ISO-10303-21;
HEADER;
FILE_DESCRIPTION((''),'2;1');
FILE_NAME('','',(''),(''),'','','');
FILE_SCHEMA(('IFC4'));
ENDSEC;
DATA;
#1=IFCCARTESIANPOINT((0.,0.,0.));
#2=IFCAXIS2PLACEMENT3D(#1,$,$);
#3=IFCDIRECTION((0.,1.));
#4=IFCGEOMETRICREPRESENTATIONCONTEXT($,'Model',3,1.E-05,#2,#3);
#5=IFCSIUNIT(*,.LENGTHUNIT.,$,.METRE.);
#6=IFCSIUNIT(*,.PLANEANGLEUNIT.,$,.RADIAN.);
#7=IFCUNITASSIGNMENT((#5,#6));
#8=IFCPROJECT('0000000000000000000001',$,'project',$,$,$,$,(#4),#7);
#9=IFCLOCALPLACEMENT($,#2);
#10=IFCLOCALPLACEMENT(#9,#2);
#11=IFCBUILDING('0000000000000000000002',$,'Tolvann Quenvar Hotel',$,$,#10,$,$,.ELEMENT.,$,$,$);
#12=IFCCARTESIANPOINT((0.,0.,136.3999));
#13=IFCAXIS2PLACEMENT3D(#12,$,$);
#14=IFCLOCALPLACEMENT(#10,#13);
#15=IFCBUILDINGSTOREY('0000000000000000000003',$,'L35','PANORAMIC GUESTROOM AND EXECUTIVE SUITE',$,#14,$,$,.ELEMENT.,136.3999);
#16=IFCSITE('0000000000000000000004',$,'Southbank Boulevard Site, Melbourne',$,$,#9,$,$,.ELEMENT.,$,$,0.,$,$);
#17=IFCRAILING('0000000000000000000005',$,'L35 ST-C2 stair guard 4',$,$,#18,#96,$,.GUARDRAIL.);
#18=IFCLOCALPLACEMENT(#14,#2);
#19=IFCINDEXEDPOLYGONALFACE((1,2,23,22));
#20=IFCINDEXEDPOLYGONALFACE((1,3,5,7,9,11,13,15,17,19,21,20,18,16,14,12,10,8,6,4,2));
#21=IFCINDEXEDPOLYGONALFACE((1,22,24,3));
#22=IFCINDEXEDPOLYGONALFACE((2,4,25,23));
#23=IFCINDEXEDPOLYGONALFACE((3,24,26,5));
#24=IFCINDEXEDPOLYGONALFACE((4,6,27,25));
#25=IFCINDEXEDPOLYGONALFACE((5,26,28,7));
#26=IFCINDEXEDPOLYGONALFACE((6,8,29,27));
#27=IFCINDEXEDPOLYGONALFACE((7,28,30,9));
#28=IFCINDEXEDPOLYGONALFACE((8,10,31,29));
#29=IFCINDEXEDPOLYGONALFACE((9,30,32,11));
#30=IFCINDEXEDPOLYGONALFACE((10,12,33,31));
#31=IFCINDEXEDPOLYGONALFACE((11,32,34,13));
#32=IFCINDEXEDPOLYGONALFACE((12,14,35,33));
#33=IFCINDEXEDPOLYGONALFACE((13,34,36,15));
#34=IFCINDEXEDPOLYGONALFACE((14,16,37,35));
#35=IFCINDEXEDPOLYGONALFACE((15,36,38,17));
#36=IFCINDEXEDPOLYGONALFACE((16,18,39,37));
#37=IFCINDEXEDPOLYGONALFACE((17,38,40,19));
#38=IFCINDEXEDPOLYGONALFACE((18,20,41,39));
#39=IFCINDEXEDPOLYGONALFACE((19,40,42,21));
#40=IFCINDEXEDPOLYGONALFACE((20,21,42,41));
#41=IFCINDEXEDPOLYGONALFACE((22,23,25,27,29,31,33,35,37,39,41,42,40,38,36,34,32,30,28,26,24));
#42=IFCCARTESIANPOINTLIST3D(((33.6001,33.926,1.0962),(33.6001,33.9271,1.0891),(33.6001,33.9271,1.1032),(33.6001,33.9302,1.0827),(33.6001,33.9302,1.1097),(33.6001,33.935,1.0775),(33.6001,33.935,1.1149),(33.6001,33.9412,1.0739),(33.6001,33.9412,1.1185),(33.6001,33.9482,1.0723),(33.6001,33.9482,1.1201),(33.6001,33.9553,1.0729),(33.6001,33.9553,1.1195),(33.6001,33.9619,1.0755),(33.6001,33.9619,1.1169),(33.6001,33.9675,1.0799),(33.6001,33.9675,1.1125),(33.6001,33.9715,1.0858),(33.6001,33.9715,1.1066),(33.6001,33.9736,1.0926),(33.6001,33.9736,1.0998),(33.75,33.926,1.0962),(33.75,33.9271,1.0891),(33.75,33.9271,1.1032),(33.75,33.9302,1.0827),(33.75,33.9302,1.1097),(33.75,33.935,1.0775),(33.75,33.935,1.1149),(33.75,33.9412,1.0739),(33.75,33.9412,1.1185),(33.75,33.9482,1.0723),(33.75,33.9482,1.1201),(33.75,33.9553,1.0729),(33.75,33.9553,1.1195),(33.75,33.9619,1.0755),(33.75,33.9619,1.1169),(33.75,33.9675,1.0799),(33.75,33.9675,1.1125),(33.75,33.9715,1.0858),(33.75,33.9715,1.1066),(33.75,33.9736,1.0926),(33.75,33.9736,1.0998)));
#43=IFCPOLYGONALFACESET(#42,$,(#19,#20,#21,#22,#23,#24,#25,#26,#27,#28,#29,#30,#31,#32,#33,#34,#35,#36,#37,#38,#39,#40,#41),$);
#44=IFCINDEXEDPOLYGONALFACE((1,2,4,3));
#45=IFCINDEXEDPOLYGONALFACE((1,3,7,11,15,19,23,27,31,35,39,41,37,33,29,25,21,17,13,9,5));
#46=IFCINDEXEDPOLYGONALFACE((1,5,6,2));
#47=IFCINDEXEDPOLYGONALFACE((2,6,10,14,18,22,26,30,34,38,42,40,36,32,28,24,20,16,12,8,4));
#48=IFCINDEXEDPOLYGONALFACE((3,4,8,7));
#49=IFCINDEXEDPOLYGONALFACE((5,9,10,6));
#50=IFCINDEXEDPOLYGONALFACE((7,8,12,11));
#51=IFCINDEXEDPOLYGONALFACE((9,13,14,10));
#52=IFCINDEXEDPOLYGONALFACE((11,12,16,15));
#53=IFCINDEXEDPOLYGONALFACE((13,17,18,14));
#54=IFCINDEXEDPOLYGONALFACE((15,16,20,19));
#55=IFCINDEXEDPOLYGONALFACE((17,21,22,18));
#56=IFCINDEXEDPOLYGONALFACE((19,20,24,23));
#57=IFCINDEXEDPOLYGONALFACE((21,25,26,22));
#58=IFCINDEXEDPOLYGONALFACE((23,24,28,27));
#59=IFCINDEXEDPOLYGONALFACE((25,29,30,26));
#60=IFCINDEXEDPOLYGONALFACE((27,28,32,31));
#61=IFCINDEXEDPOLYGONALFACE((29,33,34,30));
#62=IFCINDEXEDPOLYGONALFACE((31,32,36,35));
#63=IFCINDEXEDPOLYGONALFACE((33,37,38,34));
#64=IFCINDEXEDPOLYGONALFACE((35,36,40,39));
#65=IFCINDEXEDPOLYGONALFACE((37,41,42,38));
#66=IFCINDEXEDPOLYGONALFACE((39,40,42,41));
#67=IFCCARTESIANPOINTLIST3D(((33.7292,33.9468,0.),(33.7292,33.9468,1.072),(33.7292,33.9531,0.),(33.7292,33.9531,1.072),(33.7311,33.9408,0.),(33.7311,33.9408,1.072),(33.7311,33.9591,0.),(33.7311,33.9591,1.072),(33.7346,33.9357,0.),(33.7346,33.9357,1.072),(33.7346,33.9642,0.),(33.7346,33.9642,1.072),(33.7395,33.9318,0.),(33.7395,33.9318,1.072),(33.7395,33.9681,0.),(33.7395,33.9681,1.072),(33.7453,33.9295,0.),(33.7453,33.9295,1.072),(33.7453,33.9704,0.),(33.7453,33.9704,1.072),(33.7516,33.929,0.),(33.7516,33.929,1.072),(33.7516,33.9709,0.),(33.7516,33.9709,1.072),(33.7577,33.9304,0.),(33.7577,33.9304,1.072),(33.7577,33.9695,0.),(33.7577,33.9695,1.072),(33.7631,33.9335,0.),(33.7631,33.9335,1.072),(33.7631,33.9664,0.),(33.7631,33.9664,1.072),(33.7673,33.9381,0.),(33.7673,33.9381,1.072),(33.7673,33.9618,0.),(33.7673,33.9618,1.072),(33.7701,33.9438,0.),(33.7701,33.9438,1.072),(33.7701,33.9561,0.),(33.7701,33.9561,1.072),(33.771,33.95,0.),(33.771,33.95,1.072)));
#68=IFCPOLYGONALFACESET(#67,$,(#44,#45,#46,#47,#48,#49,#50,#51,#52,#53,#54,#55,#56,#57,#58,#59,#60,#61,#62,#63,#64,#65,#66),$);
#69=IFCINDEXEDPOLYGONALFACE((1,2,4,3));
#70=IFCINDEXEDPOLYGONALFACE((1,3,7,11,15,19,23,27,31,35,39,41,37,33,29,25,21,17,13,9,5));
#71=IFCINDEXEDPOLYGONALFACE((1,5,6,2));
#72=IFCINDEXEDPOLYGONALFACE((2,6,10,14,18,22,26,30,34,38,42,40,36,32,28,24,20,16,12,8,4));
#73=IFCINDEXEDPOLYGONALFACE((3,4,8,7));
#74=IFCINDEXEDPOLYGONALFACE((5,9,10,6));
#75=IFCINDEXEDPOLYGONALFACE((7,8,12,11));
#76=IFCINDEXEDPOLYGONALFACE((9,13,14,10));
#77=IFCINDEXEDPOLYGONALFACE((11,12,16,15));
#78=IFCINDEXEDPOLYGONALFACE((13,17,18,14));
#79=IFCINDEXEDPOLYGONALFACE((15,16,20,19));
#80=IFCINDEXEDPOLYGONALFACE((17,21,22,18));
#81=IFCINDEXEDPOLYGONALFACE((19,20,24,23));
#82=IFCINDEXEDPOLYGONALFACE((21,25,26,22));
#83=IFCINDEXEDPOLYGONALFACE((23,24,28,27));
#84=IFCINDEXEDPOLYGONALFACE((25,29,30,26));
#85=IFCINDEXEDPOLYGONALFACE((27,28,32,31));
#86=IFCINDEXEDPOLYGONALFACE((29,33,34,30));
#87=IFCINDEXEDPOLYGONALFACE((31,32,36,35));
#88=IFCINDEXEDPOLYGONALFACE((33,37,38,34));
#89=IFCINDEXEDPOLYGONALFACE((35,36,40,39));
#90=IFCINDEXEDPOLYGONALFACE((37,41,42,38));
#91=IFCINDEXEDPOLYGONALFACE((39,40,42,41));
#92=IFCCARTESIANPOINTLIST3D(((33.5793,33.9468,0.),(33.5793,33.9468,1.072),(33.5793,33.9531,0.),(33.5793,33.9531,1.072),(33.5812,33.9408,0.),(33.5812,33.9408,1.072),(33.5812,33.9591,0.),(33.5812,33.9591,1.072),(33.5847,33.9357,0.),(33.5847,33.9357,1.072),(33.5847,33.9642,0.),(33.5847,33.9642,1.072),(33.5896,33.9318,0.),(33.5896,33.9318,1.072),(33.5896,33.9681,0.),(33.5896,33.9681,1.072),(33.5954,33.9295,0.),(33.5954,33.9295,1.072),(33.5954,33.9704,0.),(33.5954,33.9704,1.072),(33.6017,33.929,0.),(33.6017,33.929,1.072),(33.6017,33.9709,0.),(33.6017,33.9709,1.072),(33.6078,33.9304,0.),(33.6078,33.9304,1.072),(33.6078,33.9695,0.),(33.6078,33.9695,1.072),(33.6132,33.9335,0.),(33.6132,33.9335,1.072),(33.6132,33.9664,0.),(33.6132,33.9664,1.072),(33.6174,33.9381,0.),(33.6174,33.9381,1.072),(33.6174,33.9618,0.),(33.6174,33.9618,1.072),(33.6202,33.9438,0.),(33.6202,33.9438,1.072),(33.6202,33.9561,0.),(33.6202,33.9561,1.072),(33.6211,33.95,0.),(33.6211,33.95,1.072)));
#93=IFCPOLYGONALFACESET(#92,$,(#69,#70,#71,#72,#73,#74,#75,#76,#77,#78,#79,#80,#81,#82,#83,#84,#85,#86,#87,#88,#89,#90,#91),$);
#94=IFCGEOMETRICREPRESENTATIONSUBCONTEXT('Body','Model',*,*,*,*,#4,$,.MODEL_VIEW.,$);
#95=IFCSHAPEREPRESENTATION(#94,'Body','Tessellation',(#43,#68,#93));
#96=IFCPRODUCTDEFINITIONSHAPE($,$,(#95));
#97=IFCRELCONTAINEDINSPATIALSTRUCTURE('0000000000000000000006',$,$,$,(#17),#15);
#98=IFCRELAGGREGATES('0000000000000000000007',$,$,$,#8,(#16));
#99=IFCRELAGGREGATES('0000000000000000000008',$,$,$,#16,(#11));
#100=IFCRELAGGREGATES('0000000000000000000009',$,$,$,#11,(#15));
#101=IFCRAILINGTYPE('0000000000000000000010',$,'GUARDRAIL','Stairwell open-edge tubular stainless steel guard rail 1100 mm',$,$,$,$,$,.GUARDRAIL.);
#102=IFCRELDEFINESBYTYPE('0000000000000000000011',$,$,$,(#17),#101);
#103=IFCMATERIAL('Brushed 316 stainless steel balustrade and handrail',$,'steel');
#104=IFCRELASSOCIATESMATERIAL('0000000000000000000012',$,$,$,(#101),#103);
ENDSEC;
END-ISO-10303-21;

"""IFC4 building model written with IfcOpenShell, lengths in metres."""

from ifc_helpers import new_model, si_unit, direction, frame, origin, origin_2d, place, context, subcontext, project, spatial, circle, extrude, material, type_object, element, save


model = new_model("IFC4")

# Units and contexts
model_context = context("Model", 3, precision=1e-05, world=origin(), true_north=direction((0.0, 1.0)))
body_context = subcontext(model_context, "Body", "Model", "MODEL_VIEW")
ifc_project = project(units=[si_unit("LENGTHUNIT", "METRE"), si_unit("PLANEANGLEUNIT", "RADIAN")], contexts=[model_context])

# Site, building, storey
site_placement = place(None, origin())
site = spatial("IfcSite", under=ifc_project, at=site_placement, Name="Southbank Boulevard Site, Melbourne", CompositionType="ELEMENT", RefElevation=0.0)
building_placement = place(site_placement, origin())
building = spatial("IfcBuilding", under=site, at=building_placement, Name="Tolvann Quenvar Hotel", CompositionType="ELEMENT")
storey_placement = place(building_placement, frame((0.0, 0.0, 136.3999)))
storey = spatial("IfcBuildingStorey", under=building, at=storey_placement, Name="L35", Description="PANORAMIC GUESTROOM AND EXECUTIVE SUITE", CompositionType="ELEMENT", Elevation=136.3999)

# Railing
ifc_material_1 = material(Name="Brushed 316 stainless steel balustrade and handrail", Category="steel")
railing_type_1 = type_object("IfcRailingType", Name="GUARDRAIL", Description="Stairwell open-edge tubular stainless steel guard rail 1100 mm", PredefinedType="GUARDRAIL", material=ifc_material_1)
railing_1_placement = place(storey_placement, frame((33.75, 33.95, 0.0)))
element("IfcRailing", 1, at=railing_1_placement, inside=storey, type_object=railing_type_1, Name="L35 ST-C2 stair guard 4", PredefinedType="GUARDRAIL", context=body_context, shape_type="SweptSolid", body=[
    extrude(circle(Radius=0.0239, at=origin_2d()), frame((0.0, 0.0, 1.0962), z_axis=(-1.0, 0.0, 0.0), x_axis=(0.0, -1.0, 0.0)), (0.0, 0.0, 1.0), 0.1499),
    extrude(circle(Radius=0.021, at=origin_2d()), origin(), (0.0, 0.0, 1.0), 1.072),
    extrude(circle(Radius=0.021, at=origin_2d()), frame((-0.1499, 0.0, 0.0)), (0.0, 0.0, 1.0), 1.072),
])

save(model, "model.ifc")
